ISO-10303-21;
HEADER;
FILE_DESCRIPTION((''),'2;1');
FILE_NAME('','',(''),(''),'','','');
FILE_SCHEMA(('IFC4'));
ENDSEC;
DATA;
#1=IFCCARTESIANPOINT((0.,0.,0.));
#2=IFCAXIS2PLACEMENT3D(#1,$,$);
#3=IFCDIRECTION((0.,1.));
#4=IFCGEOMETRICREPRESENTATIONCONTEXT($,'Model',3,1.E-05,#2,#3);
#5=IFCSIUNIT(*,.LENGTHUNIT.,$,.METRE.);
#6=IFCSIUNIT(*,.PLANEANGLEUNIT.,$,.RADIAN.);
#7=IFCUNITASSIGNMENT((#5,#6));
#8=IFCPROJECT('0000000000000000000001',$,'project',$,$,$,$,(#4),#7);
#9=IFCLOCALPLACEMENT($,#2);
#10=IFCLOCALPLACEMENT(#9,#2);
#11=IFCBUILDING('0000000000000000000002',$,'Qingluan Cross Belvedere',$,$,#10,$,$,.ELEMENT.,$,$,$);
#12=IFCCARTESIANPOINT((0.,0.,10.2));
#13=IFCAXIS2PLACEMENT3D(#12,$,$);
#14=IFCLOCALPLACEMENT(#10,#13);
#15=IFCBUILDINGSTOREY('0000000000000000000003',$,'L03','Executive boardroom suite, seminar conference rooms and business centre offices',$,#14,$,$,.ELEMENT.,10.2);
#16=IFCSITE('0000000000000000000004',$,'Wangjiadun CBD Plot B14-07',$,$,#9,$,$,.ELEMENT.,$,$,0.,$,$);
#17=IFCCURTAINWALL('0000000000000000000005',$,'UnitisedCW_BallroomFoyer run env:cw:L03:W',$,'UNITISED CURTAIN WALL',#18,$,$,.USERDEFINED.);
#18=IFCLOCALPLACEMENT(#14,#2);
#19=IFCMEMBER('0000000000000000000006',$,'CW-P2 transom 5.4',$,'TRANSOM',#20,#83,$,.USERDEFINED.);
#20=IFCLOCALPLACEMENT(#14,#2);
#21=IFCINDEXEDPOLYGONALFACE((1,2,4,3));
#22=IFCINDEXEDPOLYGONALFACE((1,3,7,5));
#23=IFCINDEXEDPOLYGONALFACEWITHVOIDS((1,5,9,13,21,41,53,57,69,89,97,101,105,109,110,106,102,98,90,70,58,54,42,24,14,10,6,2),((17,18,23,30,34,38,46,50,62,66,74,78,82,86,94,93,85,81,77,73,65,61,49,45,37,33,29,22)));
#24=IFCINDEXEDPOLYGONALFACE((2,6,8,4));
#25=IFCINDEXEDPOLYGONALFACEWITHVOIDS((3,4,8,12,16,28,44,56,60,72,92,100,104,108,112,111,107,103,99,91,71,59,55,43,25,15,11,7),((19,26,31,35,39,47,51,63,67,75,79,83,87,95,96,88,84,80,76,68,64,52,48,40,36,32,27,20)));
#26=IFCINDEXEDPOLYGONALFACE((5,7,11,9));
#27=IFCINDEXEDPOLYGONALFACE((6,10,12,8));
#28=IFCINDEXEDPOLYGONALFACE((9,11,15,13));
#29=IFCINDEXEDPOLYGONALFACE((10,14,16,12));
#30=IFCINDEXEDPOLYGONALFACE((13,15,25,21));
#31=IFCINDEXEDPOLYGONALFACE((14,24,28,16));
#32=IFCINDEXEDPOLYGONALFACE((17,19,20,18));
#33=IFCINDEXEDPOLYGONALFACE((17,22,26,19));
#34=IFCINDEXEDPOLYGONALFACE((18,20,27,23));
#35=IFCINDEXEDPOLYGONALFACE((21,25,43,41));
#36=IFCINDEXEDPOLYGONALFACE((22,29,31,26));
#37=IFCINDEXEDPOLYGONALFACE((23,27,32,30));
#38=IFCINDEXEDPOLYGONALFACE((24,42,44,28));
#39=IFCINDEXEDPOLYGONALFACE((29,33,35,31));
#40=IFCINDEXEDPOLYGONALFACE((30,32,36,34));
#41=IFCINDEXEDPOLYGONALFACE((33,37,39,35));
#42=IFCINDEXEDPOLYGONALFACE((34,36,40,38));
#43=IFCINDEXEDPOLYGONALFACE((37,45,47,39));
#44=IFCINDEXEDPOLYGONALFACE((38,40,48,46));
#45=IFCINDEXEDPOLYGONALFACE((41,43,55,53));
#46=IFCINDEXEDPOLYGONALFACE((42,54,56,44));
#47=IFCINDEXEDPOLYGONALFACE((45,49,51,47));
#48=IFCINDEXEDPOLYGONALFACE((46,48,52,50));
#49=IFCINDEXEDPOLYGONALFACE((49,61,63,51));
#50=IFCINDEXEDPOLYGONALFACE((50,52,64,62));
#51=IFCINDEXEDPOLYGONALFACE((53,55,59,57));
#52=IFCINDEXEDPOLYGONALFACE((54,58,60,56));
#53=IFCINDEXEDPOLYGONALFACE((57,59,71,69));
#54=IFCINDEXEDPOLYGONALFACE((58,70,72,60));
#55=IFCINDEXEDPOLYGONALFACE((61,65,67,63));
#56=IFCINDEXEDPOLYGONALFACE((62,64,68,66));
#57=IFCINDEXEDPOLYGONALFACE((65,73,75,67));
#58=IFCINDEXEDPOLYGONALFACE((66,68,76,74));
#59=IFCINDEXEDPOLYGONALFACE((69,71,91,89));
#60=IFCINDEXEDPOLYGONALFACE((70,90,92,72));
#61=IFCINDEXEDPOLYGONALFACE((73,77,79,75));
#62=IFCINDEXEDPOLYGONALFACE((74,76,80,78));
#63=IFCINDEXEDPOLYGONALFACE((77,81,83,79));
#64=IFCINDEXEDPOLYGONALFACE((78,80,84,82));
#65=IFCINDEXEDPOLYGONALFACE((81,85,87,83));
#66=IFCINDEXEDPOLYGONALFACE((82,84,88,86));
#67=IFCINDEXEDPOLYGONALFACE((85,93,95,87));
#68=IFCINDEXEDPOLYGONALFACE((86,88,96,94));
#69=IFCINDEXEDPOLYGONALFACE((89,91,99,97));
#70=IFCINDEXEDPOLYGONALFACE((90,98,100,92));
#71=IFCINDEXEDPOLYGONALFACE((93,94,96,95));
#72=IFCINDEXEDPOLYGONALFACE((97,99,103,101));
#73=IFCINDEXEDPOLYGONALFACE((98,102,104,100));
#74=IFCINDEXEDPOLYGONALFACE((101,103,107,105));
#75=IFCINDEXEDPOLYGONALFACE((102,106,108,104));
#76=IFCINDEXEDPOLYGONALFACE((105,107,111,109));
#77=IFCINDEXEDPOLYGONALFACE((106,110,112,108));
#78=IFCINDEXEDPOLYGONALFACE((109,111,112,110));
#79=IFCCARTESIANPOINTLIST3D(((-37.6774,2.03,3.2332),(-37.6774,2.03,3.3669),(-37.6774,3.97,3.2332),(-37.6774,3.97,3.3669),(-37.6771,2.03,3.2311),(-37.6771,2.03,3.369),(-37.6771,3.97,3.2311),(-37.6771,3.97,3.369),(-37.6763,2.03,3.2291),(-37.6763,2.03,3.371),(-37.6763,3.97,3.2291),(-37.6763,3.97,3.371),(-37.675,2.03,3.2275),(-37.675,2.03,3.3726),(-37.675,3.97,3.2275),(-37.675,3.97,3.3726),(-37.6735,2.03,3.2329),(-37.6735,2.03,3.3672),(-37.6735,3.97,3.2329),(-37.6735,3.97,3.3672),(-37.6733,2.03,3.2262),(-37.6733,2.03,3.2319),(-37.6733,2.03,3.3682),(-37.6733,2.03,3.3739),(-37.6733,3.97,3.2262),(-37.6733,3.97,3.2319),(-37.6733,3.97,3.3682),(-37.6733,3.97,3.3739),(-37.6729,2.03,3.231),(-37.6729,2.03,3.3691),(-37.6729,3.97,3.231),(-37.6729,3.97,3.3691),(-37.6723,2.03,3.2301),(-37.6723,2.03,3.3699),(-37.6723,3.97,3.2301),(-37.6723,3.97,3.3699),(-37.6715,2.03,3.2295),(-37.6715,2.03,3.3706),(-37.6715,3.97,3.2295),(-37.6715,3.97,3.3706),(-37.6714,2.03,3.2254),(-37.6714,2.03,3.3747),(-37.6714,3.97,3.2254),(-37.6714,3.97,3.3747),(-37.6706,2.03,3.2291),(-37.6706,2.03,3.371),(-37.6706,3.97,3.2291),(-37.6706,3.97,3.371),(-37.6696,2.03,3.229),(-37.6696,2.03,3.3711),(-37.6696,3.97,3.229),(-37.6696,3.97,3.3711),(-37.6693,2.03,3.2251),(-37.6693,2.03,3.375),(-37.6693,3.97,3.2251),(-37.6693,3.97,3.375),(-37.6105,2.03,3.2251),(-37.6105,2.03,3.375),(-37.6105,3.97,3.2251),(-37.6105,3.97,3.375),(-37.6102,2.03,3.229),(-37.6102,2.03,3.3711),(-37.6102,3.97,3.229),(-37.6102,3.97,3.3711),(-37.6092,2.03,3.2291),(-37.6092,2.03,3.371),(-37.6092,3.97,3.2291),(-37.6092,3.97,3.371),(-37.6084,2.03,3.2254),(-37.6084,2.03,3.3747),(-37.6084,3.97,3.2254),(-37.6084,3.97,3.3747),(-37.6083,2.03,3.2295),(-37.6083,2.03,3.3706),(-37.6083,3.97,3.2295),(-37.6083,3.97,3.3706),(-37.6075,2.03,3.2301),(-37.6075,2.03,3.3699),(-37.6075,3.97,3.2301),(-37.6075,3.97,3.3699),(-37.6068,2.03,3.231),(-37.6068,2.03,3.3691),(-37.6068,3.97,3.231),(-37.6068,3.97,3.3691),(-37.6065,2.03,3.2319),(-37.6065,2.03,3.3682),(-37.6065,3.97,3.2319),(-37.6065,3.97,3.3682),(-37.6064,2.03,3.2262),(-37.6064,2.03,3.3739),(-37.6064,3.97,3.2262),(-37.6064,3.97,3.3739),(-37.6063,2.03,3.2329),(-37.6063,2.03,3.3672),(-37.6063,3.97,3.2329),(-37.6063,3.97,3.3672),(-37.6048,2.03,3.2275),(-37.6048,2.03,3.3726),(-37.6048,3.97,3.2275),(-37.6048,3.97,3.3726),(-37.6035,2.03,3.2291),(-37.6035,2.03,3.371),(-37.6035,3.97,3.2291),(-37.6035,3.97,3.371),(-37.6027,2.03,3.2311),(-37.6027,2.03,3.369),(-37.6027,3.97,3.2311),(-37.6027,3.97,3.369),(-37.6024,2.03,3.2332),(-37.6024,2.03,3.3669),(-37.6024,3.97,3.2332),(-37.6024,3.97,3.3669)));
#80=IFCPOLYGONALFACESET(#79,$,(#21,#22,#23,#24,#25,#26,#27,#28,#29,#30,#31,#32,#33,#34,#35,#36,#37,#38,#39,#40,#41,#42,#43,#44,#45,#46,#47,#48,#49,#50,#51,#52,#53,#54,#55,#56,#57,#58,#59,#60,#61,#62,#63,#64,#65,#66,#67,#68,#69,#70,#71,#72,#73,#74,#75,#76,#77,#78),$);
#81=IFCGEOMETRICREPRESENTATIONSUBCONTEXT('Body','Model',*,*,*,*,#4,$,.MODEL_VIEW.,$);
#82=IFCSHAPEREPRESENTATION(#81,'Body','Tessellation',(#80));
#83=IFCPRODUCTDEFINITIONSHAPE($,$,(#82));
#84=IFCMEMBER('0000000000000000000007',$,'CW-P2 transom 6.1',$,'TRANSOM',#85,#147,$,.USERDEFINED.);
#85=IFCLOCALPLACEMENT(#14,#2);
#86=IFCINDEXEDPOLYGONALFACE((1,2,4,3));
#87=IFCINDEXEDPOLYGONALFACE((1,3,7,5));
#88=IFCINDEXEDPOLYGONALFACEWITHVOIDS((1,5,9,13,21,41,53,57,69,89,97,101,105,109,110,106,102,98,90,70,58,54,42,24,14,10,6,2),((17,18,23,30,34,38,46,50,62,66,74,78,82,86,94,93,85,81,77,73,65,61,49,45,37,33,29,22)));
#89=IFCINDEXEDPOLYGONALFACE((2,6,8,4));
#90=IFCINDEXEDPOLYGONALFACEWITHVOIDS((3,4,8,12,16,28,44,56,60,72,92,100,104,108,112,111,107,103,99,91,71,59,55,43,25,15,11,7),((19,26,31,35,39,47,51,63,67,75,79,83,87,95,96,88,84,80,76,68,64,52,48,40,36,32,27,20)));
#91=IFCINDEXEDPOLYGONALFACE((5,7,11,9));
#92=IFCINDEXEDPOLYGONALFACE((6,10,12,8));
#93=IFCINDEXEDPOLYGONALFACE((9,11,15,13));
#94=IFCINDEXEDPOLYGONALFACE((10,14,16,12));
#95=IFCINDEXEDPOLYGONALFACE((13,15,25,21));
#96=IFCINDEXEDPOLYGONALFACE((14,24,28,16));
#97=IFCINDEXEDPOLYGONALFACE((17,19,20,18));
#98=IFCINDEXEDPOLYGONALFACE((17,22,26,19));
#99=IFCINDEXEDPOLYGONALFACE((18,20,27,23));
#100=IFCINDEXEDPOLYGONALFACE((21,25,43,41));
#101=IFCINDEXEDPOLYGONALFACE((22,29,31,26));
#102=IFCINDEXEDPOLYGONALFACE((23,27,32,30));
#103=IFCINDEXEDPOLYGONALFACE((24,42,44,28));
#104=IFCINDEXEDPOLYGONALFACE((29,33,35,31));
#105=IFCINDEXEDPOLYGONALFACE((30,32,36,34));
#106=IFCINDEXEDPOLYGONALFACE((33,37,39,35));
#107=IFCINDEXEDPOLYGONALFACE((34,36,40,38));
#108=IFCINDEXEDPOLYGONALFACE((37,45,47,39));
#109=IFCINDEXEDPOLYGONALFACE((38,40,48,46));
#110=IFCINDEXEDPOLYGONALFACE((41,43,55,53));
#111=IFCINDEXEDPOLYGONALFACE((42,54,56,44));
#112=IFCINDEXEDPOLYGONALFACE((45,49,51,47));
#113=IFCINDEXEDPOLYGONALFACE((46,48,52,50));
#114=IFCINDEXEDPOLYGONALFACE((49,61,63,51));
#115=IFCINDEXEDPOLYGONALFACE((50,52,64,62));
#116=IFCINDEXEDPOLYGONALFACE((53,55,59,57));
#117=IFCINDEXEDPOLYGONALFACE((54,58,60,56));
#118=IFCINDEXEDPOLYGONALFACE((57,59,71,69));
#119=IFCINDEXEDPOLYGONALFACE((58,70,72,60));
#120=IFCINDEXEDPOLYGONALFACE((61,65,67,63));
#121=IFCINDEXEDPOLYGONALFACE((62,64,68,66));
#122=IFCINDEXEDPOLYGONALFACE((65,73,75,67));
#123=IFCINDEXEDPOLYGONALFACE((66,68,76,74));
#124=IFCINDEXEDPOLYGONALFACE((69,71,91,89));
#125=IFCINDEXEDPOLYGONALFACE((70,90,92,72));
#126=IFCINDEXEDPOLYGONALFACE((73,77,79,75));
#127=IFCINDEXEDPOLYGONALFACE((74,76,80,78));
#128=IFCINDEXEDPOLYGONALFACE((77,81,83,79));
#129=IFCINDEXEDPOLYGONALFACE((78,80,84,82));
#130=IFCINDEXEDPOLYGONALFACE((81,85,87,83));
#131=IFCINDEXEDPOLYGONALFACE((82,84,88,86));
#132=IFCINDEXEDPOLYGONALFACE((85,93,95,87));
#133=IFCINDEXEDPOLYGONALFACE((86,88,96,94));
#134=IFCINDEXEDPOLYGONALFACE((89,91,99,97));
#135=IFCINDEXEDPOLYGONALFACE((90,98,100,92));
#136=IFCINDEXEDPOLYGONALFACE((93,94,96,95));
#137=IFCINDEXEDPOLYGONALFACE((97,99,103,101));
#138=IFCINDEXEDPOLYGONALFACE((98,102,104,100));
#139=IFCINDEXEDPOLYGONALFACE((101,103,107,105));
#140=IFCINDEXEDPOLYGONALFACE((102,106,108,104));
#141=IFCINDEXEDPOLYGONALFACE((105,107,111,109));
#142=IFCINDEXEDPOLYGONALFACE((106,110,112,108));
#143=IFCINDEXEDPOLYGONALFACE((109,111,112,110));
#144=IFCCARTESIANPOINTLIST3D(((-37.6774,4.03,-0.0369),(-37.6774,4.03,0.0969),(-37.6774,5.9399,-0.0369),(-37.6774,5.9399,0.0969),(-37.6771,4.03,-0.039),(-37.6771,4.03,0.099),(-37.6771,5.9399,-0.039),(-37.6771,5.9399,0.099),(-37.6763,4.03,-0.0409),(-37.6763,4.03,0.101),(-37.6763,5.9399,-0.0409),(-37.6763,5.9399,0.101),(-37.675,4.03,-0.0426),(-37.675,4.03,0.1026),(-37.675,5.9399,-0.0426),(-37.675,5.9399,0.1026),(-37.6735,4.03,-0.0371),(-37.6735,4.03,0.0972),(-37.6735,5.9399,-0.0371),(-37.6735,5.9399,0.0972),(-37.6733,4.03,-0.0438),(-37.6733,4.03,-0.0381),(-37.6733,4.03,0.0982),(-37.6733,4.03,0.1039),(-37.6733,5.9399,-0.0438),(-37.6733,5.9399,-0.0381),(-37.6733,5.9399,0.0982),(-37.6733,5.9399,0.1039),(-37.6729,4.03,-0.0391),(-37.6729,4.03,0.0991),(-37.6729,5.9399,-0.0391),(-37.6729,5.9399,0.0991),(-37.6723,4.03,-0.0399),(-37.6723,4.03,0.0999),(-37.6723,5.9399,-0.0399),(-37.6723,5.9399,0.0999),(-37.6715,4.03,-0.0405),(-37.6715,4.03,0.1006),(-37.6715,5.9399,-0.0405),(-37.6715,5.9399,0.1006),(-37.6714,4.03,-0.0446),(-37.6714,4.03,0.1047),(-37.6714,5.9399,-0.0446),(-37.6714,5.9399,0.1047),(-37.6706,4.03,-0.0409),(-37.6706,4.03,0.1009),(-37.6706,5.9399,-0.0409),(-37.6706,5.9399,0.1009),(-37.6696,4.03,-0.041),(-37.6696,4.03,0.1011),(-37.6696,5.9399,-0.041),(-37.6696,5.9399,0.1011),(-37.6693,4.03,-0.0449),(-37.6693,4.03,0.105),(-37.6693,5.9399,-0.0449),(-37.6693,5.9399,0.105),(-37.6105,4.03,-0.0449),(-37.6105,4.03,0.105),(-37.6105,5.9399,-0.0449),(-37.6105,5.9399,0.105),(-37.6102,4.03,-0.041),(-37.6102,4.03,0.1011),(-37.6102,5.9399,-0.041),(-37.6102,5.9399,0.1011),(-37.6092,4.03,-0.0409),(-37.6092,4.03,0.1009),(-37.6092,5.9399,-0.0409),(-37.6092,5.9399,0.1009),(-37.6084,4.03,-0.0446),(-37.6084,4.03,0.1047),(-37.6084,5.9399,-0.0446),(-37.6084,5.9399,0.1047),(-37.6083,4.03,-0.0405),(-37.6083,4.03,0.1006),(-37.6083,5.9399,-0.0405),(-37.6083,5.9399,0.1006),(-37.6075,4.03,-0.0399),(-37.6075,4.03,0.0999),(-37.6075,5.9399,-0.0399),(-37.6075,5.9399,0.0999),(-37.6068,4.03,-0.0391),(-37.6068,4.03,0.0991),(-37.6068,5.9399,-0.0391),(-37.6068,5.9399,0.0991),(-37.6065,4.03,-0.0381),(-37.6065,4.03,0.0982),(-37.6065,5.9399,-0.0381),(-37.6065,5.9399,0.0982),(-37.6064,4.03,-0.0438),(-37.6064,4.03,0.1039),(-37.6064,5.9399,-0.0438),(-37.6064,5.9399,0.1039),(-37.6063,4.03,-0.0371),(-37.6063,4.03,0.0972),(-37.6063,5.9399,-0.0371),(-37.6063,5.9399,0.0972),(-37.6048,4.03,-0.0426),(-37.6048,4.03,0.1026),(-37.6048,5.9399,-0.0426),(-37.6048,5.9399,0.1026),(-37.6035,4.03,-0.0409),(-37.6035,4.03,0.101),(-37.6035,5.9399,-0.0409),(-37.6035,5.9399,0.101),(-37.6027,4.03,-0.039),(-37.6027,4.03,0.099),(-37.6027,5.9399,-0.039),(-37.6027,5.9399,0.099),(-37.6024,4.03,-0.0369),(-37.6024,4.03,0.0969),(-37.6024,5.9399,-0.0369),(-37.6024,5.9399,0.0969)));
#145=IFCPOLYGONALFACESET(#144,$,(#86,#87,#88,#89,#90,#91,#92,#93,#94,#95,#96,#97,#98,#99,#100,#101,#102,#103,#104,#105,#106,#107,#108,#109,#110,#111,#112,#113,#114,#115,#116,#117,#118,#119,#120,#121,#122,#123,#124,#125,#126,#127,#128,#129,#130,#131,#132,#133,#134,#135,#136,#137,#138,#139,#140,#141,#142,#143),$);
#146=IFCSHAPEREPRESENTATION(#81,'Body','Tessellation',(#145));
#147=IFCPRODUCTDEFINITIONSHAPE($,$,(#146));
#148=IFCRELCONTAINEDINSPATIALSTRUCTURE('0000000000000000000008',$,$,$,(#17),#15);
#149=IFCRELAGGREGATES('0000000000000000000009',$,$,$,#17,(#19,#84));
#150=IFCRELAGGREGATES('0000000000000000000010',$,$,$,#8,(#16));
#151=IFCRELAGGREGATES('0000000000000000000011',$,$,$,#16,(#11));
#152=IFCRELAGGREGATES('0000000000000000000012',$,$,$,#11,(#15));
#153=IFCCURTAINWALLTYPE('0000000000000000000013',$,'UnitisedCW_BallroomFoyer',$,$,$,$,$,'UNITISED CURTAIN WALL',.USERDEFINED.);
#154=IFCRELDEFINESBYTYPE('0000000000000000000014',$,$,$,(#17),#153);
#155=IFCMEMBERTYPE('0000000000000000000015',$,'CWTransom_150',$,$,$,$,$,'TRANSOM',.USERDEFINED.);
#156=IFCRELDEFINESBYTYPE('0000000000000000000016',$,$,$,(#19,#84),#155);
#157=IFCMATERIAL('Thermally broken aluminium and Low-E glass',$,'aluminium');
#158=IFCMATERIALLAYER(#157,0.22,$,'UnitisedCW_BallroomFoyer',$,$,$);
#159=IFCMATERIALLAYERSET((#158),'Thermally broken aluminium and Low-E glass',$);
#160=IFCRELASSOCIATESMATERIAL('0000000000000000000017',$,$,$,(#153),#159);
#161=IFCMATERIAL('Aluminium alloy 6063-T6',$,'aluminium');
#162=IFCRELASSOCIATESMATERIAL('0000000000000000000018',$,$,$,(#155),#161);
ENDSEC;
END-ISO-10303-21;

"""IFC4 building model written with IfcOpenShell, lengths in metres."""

from ifc_helpers import new_model, si_unit, direction, frame, origin, origin_2d, place, context, subcontext, project, spatial, hollow_rectangle, extrude, material, layer, layer_set, material_profile, profile_set, type_object, element, aggregate, save


model = new_model("IFC4")

# Units and contexts
model_context = context("Model", 3, precision=1e-05, world=origin(), true_north=direction((0.0, 1.0)))
body_context = subcontext(model_context, "Body", "Model", "MODEL_VIEW")
ifc_project = project(units=[si_unit("LENGTHUNIT", "METRE"), si_unit("PLANEANGLEUNIT", "RADIAN")], contexts=[model_context])

# Site, building, storey
site_placement = place(None, origin())
site = spatial("IfcSite", under=ifc_project, at=site_placement, Name="Wangjiadun CBD Plot B14-07", CompositionType="ELEMENT", RefElevation=0.0)
building_placement = place(site_placement, origin())
building = spatial("IfcBuilding", under=site, at=building_placement, Name="Qingluan Cross Belvedere", CompositionType="ELEMENT")
storey_placement = place(building_placement, frame((0.0, 0.0, 10.2)))
storey = spatial("IfcBuildingStorey", under=building, at=storey_placement, Name="L03", Description="Executive boardroom suite, seminar conference rooms and business centre offices", CompositionType="ELEMENT", Elevation=10.2)

# Curtain wall, members
ifc_material_1 = material(Name="Thermally broken aluminium and Low-E glass", Category="aluminium")
ifc_layer_1 = layer(ifc_material_1, 0.22, Name="UnitisedCW_BallroomFoyer")
ifc_layer_set_1 = layer_set([ifc_layer_1], Name="Thermally broken aluminium and Low-E glass")
curtain_wall_type = type_object("IfcCurtainWallType", Name="UnitisedCW_BallroomFoyer", ElementType="UNITISED CURTAIN WALL", PredefinedType="USERDEFINED", material=ifc_layer_set_1)
curtain_wall_placement = place(storey_placement, origin())
curtain_wall = element("IfcCurtainWall", 1, at=curtain_wall_placement, inside=storey, type_object=curtain_wall_type, Name="UnitisedCW_BallroomFoyer run env:cw:L03:W", ObjectType="UNITISED CURTAIN WALL", PredefinedType="USERDEFINED")
ifc_material_2 = material(Name="Aluminium alloy 6063-T6", Category="aluminium")
ifc_material_profile_1 = material_profile(ifc_material_2, hollow_rectangle(XDim=0.075, YDim=0.1499, WallThickness=0.0039, InnerFilletRadius=0.0039, OuterFilletRadius=0.0081, at=origin_2d()), Name="CWT150x75x4")
ifc_profile_set_1 = profile_set([ifc_material_profile_1], Name="Aluminium alloy 6063-T6")
member_type_1 = type_object("IfcMemberType", Name="CWTransom_150", ElementType="TRANSOM", PredefinedType="USERDEFINED", material=ifc_profile_set_1)
member_1_placement = place(storey_placement, frame((-37.6399, 2.03, 3.3), z_axis=(0.0, 1.0, 0.0), x_axis=(-1.0, 0.0, 0.0)))
member_1 = element("IfcMember", 2, at=member_1_placement, type_object=member_type_1, Name="CW-P2 transom 5.4", ObjectType="TRANSOM", PredefinedType="USERDEFINED", context=body_context, shape_type="SweptSolid", body=[
    extrude(hollow_rectangle(XDim=0.075, YDim=0.1499, WallThickness=0.0039, InnerFilletRadius=0.0039, OuterFilletRadius=0.0081, at=origin_2d()), origin(), (0.0, 0.0, 1.0), 1.9399),
])
member_2_placement = place(storey_placement, frame((-37.6399, 4.03, 0.03), z_axis=(0.0, 1.0, 0.0), x_axis=(-1.0, 0.0, 0.0)))
member_2 = element("IfcMember", 3, at=member_2_placement, type_object=member_type_1, Name="CW-P2 transom 6.1", ObjectType="TRANSOM", PredefinedType="USERDEFINED", context=body_context, shape_type="SweptSolid", body=[
    extrude(hollow_rectangle(XDim=0.075, YDim=0.1499, WallThickness=0.0039, InnerFilletRadius=0.0039, OuterFilletRadius=0.0081, at=origin_2d()), origin(), (0.0, 0.0, 1.0), 1.9099),
])
aggregate(curtain_wall, [member_1, member_2])

save(model, "model.ifc")
